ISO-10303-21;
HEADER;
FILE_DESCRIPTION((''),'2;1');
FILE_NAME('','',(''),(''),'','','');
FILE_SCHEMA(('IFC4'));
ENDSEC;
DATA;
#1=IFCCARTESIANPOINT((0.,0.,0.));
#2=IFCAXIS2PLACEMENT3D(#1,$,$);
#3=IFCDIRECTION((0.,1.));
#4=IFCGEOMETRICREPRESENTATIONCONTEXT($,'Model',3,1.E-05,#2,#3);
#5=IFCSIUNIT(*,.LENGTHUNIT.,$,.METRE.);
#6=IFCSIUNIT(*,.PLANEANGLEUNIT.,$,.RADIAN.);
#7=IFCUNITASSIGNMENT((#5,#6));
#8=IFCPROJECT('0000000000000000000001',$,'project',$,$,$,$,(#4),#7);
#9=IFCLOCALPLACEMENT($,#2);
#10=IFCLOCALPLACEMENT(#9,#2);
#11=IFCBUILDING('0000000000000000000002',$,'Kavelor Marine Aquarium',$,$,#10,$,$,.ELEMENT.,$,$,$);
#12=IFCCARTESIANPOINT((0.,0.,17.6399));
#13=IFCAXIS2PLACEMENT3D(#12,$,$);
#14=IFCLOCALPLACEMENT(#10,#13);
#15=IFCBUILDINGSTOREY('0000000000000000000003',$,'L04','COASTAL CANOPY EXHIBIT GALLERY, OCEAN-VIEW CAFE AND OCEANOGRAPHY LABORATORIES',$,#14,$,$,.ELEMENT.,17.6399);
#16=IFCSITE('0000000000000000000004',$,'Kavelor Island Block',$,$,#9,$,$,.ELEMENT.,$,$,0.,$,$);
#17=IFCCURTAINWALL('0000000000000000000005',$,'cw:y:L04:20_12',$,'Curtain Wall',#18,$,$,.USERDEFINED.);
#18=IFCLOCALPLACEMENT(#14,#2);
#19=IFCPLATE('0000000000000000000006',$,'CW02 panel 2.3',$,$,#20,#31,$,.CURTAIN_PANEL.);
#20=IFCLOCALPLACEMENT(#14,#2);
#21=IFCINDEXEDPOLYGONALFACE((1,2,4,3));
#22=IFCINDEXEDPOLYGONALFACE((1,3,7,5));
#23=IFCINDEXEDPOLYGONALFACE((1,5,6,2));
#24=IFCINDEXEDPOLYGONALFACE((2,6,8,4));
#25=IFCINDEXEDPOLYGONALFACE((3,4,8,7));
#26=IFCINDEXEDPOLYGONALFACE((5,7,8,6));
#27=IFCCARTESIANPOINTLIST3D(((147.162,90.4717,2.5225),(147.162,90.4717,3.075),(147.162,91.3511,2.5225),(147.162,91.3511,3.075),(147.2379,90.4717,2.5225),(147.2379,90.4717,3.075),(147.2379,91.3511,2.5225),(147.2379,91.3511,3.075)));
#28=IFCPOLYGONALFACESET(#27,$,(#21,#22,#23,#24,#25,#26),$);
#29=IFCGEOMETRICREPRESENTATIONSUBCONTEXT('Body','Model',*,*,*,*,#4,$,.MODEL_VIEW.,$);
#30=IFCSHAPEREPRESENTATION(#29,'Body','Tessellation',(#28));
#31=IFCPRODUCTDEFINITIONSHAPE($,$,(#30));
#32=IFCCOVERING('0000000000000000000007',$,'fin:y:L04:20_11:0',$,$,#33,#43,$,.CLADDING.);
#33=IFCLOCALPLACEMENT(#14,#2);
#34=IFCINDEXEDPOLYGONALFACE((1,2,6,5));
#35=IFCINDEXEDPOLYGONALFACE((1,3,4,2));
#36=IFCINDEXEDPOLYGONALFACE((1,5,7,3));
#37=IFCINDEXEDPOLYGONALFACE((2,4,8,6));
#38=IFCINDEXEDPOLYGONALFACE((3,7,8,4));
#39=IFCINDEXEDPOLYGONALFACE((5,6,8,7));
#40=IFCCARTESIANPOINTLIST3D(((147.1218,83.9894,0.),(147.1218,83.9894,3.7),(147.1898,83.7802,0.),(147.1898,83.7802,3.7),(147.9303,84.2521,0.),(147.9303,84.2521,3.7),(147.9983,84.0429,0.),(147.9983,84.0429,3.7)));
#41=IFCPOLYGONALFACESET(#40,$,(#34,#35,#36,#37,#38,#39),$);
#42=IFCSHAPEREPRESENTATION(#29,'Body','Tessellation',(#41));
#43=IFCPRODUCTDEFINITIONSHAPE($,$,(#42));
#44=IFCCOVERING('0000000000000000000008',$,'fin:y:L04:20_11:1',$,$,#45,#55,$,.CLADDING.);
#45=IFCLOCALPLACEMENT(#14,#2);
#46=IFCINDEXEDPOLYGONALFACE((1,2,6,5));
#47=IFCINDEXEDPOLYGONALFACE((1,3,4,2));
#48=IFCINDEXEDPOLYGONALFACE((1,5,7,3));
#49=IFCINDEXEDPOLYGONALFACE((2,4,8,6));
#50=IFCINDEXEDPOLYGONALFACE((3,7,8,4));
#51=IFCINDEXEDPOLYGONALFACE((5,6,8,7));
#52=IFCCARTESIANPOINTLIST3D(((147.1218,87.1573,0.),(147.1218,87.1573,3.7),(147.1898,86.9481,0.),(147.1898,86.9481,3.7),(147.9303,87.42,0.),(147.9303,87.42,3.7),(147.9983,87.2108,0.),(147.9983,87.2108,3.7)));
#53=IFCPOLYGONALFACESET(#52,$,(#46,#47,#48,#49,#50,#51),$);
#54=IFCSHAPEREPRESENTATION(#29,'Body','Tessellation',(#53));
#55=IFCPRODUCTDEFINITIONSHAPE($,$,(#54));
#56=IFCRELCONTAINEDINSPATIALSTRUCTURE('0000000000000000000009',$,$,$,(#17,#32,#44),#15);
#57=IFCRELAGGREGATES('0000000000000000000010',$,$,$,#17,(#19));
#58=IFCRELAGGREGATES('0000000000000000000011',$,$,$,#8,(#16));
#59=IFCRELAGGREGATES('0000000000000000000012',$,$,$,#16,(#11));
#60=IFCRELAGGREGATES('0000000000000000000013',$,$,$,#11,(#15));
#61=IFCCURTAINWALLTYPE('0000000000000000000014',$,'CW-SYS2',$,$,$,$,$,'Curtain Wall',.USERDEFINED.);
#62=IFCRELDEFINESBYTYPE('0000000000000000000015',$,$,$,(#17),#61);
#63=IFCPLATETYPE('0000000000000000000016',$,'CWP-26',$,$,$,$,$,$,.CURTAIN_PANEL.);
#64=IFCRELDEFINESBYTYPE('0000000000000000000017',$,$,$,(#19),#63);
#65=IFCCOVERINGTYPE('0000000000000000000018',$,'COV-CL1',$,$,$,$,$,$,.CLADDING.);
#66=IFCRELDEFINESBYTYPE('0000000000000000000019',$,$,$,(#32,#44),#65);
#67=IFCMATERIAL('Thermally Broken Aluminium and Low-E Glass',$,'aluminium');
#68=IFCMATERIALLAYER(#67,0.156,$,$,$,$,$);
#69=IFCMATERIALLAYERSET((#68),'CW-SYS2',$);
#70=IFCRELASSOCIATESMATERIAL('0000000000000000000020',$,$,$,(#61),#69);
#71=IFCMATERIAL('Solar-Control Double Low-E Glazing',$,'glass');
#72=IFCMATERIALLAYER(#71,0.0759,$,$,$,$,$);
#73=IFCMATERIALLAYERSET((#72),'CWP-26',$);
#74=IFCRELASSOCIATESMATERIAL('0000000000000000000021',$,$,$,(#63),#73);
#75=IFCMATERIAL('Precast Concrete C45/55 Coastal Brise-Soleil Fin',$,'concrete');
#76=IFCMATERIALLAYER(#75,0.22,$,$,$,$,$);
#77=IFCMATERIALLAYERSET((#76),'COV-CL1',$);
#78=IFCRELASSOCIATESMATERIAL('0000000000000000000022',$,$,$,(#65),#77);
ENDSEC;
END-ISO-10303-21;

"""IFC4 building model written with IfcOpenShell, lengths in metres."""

from ifc_helpers import new_model, si_unit, direction, frame, origin, origin_2d, place, context, subcontext, project, spatial, rectangle, extrude, material, layer, layer_set, type_object, element, aggregate, save


model = new_model("IFC4")

# Units and contexts
model_context = context("Model", 3, precision=1e-05, world=origin(), true_north=direction((0.0, 1.0)))
body_context = subcontext(model_context, "Body", "Model", "MODEL_VIEW")
ifc_project = project(units=[si_unit("LENGTHUNIT", "METRE"), si_unit("PLANEANGLEUNIT", "RADIAN")], contexts=[model_context])

# Site, building, storey
site_placement = place(None, origin())
site = spatial("IfcSite", under=ifc_project, at=site_placement, Name="Kavelor Island Block", CompositionType="ELEMENT", RefElevation=0.0)
building_placement = place(site_placement, origin())
building = spatial("IfcBuilding", under=site, at=building_placement, Name="Kavelor Marine Aquarium", CompositionType="ELEMENT")
storey_placement = place(building_placement, frame((0.0, 0.0, 17.6399)))
storey = spatial("IfcBuildingStorey", under=building, at=storey_placement, Name="L04", Description="COASTAL CANOPY EXHIBIT GALLERY, OCEAN-VIEW CAFE AND OCEANOGRAPHY LABORATORIES", CompositionType="ELEMENT", Elevation=17.6399)

# Curtain wall
ifc_material_1 = material(Name="Thermally Broken Aluminium and Low-E Glass", Category="aluminium")
ifc_layer_1 = layer(ifc_material_1, 0.156)
ifc_layer_set_1 = layer_set([ifc_layer_1], Name="CW-SYS2")
curtain_wall_type_1 = type_object("IfcCurtainWallType", Name="CW-SYS2", ElementType="Curtain Wall", PredefinedType="USERDEFINED", material=ifc_layer_set_1)
curtain_wall_1_placement = place(storey_placement, origin())
curtain_wall_1 = element("IfcCurtainWall", 1, at=curtain_wall_1_placement, inside=storey, type_object=curtain_wall_type_1, Name="cw:y:L04:20_12", ObjectType="Curtain Wall", PredefinedType="USERDEFINED")

# Plate
ifc_material_2 = material(Name="Solar-Control Double Low-E Glazing", Category="glass")
ifc_layer_2 = layer(ifc_material_2, 0.0759)
ifc_layer_set_2 = layer_set([ifc_layer_2], Name="CWP-26")
plate_type_1 = type_object("IfcPlateType", Name="CWP-26", PredefinedType="CURTAIN_PANEL", material=ifc_layer_set_2)
plate_1_placement = place(storey_placement, frame((147.2, 90.9114, 2.5225), z_axis=(0.0, 0.0, 1.0), x_axis=(0.0, 1.0, 0.0)))
plate_1 = element("IfcPlate", 2, at=plate_1_placement, type_object=plate_type_1, Name="CW02 panel 2.3", PredefinedType="CURTAIN_PANEL", context=body_context, shape_type="SweptSolid", body=[
    extrude(rectangle(XDim=0.8794, YDim=0.0759, at=origin_2d()), origin(), (0.0, 0.0, 1.0), 0.5525),
])
aggregate(curtain_wall_1, [plate_1])

# Coverings
ifc_material_3 = material(Name="Precast Concrete C45/55 Coastal Brise-Soleil Fin", Category="concrete")
ifc_layer_3 = layer(ifc_material_3, 0.22)
ifc_layer_set_3 = layer_set([ifc_layer_3], Name="COV-CL1")
covering_type = type_object("IfcCoveringType", Name="COV-CL1", PredefinedType="CLADDING", material=ifc_layer_set_3)
for number, where, z_axis, x_axis, name in (
    (3, (147.5601, 84.0161, 0.0), (0.0, 0.0, 1.0), (0.951057, 0.309017, 0.0), "fin:y:L04:20_11:0"),
    (4, (147.5601, 87.1841, 0.0), (0.0, 0.0, 1.0), (0.951057, 0.309017, 0.0), "fin:y:L04:20_11:1"),
):
    element("IfcCovering", number, at=place(storey_placement, frame(where, z_axis=z_axis, x_axis=x_axis)), inside=storey, type_object=covering_type, Name=name, PredefinedType="CLADDING", context=body_context, shape_type="SweptSolid", body=[
        extrude(rectangle(XDim=0.8501, YDim=0.22, at=origin_2d()), origin(), (0.0, 0.0, 1.0), 3.7),
    ])

save(model, "model.ifc")
